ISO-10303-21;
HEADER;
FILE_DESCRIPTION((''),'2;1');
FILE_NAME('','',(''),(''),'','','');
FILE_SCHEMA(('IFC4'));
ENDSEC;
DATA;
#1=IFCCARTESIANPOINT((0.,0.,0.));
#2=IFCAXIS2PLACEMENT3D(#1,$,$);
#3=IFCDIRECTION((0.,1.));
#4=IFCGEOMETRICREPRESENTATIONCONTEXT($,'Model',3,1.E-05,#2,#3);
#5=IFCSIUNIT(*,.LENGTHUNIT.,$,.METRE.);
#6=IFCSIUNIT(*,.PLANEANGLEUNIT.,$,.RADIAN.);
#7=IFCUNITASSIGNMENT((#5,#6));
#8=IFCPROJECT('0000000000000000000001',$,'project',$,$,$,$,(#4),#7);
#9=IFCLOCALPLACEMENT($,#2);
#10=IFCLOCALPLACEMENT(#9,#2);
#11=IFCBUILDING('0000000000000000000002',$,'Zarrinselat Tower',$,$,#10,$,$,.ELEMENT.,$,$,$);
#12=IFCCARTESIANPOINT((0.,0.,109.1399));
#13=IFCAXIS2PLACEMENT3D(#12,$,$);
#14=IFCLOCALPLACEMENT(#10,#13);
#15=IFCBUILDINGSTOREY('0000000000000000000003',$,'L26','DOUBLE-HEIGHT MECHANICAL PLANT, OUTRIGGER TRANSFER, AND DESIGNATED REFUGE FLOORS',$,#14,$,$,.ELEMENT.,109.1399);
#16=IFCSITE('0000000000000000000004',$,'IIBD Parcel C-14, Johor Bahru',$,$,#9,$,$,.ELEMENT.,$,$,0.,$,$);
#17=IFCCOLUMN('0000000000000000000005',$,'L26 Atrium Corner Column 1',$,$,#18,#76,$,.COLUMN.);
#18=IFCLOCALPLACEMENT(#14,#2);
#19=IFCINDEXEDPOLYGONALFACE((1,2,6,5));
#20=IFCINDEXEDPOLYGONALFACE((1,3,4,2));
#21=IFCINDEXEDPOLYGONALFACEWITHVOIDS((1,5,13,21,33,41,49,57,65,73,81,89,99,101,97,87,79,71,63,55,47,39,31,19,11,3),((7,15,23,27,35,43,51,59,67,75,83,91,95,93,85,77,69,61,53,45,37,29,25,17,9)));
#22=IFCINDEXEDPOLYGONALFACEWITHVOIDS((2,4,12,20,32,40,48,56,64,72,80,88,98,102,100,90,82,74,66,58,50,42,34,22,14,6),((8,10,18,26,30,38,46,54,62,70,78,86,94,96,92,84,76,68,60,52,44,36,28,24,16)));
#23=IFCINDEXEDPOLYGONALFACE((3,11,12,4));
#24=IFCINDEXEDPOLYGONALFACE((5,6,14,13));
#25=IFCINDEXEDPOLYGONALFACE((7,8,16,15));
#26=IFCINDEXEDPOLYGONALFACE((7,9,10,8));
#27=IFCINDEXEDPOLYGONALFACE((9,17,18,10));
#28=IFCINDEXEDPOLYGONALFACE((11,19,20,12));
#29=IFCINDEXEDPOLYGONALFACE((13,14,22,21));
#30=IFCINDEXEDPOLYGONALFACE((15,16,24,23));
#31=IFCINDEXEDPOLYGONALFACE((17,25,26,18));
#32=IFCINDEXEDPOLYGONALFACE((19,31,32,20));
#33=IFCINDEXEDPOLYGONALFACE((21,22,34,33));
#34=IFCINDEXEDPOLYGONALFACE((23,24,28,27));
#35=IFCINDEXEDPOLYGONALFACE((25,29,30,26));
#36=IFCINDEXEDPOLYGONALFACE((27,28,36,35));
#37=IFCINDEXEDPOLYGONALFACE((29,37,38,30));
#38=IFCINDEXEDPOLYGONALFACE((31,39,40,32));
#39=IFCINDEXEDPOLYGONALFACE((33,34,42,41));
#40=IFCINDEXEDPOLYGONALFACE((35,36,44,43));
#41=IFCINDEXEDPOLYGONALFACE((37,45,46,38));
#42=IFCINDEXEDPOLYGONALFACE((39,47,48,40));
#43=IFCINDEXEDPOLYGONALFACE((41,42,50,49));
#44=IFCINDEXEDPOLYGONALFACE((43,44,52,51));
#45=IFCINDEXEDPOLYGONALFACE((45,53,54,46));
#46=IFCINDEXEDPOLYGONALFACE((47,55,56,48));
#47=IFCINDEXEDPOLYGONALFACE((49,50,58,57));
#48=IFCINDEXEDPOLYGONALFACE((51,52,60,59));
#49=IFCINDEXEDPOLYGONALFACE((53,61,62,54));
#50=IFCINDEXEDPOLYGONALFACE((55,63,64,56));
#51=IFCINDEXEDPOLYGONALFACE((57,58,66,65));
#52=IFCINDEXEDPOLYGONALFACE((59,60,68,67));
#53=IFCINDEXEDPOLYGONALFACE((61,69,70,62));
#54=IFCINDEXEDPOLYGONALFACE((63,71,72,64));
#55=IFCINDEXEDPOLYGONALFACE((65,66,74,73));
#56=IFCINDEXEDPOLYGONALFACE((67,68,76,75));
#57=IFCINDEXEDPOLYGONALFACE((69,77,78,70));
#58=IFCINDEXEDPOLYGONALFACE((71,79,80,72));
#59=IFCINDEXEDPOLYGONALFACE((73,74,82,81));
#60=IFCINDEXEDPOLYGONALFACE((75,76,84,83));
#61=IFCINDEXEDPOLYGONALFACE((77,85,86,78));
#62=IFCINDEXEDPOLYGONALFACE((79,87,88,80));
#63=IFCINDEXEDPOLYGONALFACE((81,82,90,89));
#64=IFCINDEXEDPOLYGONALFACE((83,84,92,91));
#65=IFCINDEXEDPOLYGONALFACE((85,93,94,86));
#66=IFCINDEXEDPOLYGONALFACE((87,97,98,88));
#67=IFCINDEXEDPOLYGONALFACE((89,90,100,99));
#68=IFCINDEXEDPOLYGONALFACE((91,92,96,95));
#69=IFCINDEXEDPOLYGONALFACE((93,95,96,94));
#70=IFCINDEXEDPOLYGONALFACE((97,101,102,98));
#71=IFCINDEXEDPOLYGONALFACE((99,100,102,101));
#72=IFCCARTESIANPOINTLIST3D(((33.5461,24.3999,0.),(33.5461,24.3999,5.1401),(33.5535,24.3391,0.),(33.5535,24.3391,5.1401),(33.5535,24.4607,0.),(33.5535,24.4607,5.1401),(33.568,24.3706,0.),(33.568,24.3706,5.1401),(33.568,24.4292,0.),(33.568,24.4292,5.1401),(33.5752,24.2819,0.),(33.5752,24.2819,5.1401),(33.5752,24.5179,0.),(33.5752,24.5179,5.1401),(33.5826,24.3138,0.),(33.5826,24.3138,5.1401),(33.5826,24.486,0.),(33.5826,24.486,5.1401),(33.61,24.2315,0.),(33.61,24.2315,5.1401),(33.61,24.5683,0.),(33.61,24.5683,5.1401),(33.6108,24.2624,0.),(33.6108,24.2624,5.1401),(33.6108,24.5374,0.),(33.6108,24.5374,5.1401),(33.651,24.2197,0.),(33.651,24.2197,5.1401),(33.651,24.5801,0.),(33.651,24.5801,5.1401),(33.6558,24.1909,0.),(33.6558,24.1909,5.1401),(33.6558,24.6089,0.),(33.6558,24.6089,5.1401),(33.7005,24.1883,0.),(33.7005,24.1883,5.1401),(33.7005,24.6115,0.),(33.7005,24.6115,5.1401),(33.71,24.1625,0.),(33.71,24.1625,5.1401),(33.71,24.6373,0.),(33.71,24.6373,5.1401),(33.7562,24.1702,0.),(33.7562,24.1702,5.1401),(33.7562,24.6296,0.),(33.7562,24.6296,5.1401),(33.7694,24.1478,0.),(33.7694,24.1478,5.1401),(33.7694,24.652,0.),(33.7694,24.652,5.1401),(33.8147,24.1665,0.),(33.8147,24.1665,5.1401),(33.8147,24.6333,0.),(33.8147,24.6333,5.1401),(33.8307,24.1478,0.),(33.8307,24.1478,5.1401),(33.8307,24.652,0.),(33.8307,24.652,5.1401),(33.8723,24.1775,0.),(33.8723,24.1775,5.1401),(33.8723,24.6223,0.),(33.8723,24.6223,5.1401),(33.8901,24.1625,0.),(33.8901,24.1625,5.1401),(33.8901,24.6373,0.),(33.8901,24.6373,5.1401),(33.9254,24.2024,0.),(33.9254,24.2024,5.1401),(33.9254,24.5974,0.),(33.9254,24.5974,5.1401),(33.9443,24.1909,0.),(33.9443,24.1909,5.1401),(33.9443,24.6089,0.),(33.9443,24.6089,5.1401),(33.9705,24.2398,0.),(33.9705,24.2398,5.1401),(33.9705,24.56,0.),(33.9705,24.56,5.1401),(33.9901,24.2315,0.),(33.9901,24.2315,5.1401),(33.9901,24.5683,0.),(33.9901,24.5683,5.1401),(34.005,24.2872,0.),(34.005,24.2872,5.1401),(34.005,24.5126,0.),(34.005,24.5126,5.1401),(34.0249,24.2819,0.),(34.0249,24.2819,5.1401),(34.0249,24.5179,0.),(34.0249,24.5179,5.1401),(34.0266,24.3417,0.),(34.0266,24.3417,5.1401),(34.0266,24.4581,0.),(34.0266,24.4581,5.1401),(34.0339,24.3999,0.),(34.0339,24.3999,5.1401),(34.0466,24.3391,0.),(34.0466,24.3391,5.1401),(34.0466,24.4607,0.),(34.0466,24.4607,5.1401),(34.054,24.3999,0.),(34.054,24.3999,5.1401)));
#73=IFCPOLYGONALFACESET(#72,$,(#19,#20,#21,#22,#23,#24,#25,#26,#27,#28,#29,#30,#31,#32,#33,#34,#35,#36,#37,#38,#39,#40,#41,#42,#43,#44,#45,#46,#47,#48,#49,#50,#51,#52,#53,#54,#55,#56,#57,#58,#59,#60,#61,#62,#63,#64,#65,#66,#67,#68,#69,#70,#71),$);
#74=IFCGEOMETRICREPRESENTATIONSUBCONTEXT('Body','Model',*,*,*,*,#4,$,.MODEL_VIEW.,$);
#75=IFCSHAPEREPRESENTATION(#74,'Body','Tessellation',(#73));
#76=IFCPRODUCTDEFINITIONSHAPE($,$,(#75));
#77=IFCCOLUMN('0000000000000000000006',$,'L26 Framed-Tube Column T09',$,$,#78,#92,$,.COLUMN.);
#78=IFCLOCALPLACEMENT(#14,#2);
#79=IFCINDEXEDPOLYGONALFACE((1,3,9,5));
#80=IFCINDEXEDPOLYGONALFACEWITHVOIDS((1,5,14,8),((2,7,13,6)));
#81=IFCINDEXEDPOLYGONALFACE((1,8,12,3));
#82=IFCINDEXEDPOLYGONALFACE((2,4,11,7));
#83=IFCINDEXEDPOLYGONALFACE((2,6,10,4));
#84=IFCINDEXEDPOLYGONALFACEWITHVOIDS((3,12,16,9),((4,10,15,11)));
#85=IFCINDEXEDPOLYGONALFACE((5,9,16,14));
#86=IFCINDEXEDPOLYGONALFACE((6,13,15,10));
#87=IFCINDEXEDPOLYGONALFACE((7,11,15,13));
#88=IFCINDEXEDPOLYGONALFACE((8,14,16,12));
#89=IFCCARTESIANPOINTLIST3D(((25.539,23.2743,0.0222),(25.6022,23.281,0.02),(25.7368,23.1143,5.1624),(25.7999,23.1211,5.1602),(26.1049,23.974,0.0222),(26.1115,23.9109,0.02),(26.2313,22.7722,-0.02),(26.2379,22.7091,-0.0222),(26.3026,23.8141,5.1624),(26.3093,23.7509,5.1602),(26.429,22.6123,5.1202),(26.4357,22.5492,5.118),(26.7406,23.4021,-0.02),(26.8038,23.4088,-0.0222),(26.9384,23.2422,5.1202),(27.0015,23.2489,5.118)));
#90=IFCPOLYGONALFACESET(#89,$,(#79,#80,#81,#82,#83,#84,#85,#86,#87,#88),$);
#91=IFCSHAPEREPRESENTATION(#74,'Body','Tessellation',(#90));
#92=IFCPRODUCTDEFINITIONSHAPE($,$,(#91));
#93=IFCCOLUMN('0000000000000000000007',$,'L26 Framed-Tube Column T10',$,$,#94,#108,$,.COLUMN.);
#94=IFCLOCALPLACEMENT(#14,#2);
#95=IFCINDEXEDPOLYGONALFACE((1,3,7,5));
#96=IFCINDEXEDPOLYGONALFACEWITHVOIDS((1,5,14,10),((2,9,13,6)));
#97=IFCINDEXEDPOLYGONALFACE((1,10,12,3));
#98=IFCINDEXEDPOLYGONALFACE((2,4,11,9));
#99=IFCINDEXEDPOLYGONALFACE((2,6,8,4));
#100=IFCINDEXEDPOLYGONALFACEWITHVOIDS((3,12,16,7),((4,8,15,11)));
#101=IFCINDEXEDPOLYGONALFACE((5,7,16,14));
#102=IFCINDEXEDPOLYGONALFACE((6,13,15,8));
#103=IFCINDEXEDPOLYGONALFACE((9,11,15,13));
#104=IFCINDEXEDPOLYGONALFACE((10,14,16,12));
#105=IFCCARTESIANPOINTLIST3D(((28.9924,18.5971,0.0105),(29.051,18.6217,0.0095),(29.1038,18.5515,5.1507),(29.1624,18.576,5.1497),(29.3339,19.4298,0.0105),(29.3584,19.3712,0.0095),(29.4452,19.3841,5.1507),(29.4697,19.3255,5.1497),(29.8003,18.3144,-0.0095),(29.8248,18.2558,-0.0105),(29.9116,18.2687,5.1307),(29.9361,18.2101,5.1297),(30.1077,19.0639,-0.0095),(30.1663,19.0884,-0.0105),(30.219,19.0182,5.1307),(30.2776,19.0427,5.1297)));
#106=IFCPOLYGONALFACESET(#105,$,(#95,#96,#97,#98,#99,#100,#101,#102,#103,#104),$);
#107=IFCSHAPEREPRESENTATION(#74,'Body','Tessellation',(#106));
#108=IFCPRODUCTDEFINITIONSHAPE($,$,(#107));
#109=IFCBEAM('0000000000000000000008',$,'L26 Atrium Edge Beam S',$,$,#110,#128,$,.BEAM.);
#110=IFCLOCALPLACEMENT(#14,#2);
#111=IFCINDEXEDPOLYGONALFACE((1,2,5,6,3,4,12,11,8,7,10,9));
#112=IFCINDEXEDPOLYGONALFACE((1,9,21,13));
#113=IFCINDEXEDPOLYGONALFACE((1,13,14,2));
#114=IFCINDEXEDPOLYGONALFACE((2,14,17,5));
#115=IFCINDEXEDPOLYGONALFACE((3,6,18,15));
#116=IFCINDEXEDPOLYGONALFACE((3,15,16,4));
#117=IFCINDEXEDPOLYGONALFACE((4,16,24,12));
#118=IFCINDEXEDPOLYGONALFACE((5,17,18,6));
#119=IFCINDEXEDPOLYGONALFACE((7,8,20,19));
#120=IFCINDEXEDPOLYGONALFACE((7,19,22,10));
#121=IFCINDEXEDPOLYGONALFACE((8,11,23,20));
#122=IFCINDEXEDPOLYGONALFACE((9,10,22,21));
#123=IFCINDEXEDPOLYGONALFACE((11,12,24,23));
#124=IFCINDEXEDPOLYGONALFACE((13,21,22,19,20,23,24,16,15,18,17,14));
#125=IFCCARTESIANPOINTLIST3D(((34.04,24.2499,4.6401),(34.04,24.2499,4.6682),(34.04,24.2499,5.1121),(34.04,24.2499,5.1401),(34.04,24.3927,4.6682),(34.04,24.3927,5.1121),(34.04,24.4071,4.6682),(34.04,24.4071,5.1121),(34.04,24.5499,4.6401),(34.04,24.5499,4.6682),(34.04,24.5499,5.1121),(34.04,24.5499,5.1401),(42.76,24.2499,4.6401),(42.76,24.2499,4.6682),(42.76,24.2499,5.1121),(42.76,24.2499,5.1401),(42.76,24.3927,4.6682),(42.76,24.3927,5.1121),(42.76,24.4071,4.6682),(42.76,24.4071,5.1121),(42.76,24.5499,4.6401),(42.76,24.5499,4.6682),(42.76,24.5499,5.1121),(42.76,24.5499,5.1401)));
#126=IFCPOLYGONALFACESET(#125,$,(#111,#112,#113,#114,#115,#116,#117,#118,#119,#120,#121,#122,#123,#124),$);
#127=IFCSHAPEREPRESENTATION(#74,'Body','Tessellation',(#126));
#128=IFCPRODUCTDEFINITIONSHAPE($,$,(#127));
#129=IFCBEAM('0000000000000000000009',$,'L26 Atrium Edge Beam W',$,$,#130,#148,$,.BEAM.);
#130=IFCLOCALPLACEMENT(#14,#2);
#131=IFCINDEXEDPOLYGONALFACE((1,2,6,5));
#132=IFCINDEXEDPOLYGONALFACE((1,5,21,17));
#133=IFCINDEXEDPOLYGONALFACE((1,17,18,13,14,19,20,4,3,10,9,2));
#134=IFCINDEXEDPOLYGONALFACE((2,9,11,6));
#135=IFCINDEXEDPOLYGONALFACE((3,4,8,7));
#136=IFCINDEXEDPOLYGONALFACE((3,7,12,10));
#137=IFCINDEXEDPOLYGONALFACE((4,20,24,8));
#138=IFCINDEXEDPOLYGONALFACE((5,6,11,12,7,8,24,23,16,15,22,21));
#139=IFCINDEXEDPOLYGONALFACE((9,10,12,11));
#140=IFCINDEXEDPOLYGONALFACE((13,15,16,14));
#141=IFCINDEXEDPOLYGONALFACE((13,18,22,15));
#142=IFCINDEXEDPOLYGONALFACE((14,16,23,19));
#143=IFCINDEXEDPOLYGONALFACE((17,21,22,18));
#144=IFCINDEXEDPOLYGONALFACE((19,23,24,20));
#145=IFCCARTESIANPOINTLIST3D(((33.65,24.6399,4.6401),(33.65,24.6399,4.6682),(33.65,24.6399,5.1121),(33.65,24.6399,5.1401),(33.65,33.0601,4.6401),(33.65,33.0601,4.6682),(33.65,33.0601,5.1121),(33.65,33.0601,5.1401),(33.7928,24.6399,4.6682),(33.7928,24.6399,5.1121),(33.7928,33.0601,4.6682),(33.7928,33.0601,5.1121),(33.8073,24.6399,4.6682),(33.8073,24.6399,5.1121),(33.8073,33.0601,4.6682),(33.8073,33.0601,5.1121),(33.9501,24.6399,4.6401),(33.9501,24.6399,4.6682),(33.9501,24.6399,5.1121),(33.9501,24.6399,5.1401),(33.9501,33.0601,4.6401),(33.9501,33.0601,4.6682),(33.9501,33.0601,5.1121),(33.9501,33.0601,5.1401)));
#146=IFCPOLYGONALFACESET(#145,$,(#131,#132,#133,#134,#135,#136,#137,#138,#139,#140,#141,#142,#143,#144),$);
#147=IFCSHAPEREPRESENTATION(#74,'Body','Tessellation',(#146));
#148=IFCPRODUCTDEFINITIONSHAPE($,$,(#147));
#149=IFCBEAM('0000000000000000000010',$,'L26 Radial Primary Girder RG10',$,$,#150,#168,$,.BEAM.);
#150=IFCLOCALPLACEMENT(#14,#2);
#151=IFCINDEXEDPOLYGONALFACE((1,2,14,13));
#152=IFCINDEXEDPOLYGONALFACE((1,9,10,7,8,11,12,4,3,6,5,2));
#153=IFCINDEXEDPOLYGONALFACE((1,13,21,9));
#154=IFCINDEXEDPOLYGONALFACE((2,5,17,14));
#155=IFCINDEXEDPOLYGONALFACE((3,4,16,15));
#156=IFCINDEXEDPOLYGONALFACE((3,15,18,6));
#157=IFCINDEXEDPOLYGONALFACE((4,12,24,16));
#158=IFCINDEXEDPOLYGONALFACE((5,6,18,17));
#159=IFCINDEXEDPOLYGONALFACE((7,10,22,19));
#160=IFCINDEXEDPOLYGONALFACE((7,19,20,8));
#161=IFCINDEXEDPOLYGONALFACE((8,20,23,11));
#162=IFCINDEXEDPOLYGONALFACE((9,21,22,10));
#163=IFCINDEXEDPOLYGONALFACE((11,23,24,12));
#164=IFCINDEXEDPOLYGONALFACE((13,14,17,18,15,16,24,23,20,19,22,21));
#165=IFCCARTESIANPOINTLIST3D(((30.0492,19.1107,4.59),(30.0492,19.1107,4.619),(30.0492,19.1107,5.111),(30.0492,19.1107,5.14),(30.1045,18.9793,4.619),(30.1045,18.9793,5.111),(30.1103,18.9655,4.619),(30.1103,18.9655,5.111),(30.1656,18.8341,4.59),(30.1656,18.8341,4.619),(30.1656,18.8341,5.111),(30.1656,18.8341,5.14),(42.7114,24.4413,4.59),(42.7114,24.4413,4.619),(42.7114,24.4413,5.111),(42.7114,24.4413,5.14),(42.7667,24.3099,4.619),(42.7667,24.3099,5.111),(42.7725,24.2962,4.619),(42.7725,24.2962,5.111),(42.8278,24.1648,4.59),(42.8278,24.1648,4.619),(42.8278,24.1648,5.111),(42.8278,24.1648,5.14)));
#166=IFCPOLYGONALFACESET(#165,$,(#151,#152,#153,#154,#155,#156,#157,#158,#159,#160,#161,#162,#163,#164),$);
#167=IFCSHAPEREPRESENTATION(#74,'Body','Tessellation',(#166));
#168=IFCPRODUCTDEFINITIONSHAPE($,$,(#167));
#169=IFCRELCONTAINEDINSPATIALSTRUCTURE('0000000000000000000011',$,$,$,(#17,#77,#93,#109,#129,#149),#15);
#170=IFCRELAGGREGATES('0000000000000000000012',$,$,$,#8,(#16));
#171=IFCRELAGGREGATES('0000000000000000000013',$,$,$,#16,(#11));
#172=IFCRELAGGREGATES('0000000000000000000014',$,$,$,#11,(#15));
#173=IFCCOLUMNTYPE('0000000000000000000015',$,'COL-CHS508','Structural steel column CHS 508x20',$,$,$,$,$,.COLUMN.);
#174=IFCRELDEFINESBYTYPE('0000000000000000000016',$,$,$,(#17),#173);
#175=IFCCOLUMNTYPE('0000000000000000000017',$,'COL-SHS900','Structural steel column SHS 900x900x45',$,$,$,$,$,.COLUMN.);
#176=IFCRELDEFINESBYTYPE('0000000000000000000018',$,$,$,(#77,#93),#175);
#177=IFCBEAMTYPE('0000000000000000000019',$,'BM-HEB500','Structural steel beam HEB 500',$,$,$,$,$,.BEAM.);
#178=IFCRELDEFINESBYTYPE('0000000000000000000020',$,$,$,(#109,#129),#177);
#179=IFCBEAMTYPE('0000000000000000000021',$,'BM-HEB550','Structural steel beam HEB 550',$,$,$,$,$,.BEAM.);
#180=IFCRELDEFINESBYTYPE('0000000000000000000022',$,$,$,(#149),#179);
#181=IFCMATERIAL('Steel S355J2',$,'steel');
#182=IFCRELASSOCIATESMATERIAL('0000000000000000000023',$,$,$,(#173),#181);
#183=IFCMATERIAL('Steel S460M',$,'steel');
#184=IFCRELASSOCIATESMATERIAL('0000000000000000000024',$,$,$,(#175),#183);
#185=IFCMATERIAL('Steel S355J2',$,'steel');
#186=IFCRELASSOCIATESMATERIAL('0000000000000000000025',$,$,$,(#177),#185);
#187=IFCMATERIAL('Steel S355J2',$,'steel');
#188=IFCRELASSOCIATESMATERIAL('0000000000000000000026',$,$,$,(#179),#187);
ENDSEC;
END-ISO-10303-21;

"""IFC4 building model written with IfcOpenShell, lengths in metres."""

from ifc_helpers import new_model, si_unit, direction, frame, origin, origin_2d, place, context, subcontext, project, spatial, hollow_rectangle, hollow_circle, i_section, extrude, material, material_profile, profile_set, type_object, element, save


model = new_model("IFC4")

# Units and contexts
model_context = context("Model", 3, precision=1e-05, world=origin(), true_north=direction((0.0, 1.0)))
body_context = subcontext(model_context, "Body", "Model", "MODEL_VIEW")
ifc_project = project(units=[si_unit("LENGTHUNIT", "METRE"), si_unit("PLANEANGLEUNIT", "RADIAN")], contexts=[model_context])

# Site, building, storey
site_placement = place(None, origin())
site = spatial("IfcSite", under=ifc_project, at=site_placement, Name="IIBD Parcel C-14, Johor Bahru", CompositionType="ELEMENT", RefElevation=0.0)
building_placement = place(site_placement, origin())
building = spatial("IfcBuilding", under=site, at=building_placement, Name="Zarrinselat Tower", CompositionType="ELEMENT")
storey_placement = place(building_placement, frame((0.0, 0.0, 109.1399)))
storey = spatial("IfcBuildingStorey", under=building, at=storey_placement, Name="L26", Description="DOUBLE-HEIGHT MECHANICAL PLANT, OUTRIGGER TRANSFER, AND DESIGNATED REFUGE FLOORS", CompositionType="ELEMENT", Elevation=109.1399)

# Columns
ifc_material_1 = material(Name="Steel S355J2", Category="steel")
ifc_material_profile_1 = material_profile(ifc_material_1, hollow_circle(Radius=0.2539, WallThickness=0.02, at=origin_2d()), Name="CHS 508x20")
ifc_profile_set_1 = profile_set([ifc_material_profile_1], Name="Steel S355J2")
column_type_1 = type_object("IfcColumnType", Name="COL-CHS508", Description="Structural steel column CHS 508x20", PredefinedType="COLUMN", material=ifc_profile_set_1)
column_1_placement = place(storey_placement, frame((33.8, 24.3999, 0.0), z_axis=(0.0, 0.0, 1.0), x_axis=(1.0, 0.0, 0.0)))
element("IfcColumn", 1, at=column_1_placement, inside=storey, type_object=column_type_1, Name="L26 Atrium Corner Column 1", PredefinedType="COLUMN", context=body_context, shape_type="SweptSolid", body=[
    extrude(hollow_circle(Radius=0.2539, WallThickness=0.02, at=origin_2d()), origin(), (0.0, 0.0, 1.0), 5.1401),
])
ifc_material_2 = material(Name="Steel S460M", Category="steel")
ifc_material_profile_2 = material_profile(ifc_material_2, hollow_rectangle(XDim=0.8999, YDim=0.8999, WallThickness=0.0449, at=origin_2d()), Name="SHS 900x900x45")
ifc_profile_set_2 = profile_set([ifc_material_profile_2], Name="Steel S460M")
column_type_2 = type_object("IfcColumnType", Name="COL-SHS900", Description="Structural steel column SHS 900x900x45", PredefinedType="COLUMN", material=ifc_profile_set_2)
column_2_placement = place(storey_placement, frame((26.1714, 23.3416, 0.0), z_axis=(0.038425, -0.031072, 0.998778), x_axis=(0.628784, 0.77758, 0.0)))
element("IfcColumn", 2, at=column_2_placement, inside=storey, type_object=column_type_2, Name="L26 Framed-Tube Column T09", PredefinedType="COLUMN", context=body_context, shape_type="SweptSolid", body=[
    extrude(hollow_rectangle(XDim=0.8999, YDim=0.8999, WallThickness=0.0449, at=origin_2d()), origin(), (0.0, 0.0, 1.0), 5.1465),
])
column_3_placement = place(storey_placement, frame((29.5793, 18.8428, 0.0), z_axis=(0.021653, -0.008879, 0.999726), x_axis=(0.379423, 0.925223, 0.0)))
element("IfcColumn", 3, at=column_3_placement, inside=storey, type_object=column_type_2, Name="L26 Framed-Tube Column T10", PredefinedType="COLUMN", context=body_context, shape_type="SweptSolid", body=[
    extrude(hollow_rectangle(XDim=0.8999, YDim=0.8999, WallThickness=0.0449, at=origin_2d()), origin(), (0.0, 0.0, 1.0), 5.1416),
])

# Beams
ifc_material_3 = material(Name="Steel S355J2", Category="steel")
ifc_material_profile_3 = material_profile(ifc_material_3, i_section(OverallWidth=0.3, OverallDepth=0.5, WebThickness=0.0144, FlangeThickness=0.0281, at=origin_2d()), Name="HEB 500")
ifc_profile_set_3 = profile_set([ifc_material_profile_3], Name="Steel S355J2")
beam_type_1 = type_object("IfcBeamType", Name="BM-HEB500", Description="Structural steel beam HEB 500", PredefinedType="BEAM", material=ifc_profile_set_3)
beam_1_placement = place(storey_placement, frame((34.04, 24.3999, 4.8901), z_axis=(1.0, 0.0, 0.0), x_axis=(0.0, 1.0, 0.0)))
element("IfcBeam", 4, at=beam_1_placement, inside=storey, type_object=beam_type_1, Name="L26 Atrium Edge Beam S", PredefinedType="BEAM", context=body_context, shape_type="SweptSolid", body=[
    extrude(i_section(OverallWidth=0.3, OverallDepth=0.5, WebThickness=0.0144, FlangeThickness=0.0281, at=origin_2d()), origin(), (0.0, 0.0, 1.0), 8.72),
])
beam_2_placement = place(storey_placement, frame((33.8, 24.6399, 4.8901), z_axis=(0.0, 1.0, 0.0), x_axis=(-1.0, 0.0, 0.0)))
element("IfcBeam", 5, at=beam_2_placement, inside=storey, type_object=beam_type_1, Name="L26 Atrium Edge Beam W", PredefinedType="BEAM", context=body_context, shape_type="SweptSolid", body=[
    extrude(i_section(OverallWidth=0.3, OverallDepth=0.5, WebThickness=0.0144, FlangeThickness=0.0281, at=origin_2d()), origin(), (0.0, 0.0, 1.0), 8.4202),
])
ifc_material_4 = material(Name="Steel S355J2", Category="steel")
ifc_material_profile_4 = material_profile(ifc_material_4, i_section(OverallWidth=0.3, OverallDepth=0.55, WebThickness=0.0149, FlangeThickness=0.0291, at=origin_2d()), Name="HEB 550")
ifc_profile_set_4 = profile_set([ifc_material_profile_4], Name="Steel S355J2")
beam_type_2 = type_object("IfcBeamType", Name="BM-HEB550", Description="Structural steel beam HEB 550", PredefinedType="BEAM", material=ifc_profile_set_4)
beam_3_placement = place(storey_placement, frame((30.1074, 18.9724, 4.865), z_axis=(0.921657, 0.388005, 0.0), x_axis=(-0.388005, 0.921657, 0.0)))
element("IfcBeam", 6, at=beam_3_placement, inside=storey, type_object=beam_type_2, Name="L26 Radial Primary Girder RG10", PredefinedType="BEAM", context=body_context, shape_type="SweptSolid", body=[
    extrude(i_section(OverallWidth=0.3, OverallDepth=0.55, WebThickness=0.0149, FlangeThickness=0.0291, at=origin_2d()), origin(), (0.0, 0.0, 1.0), 13.7385),
])

save(model, "model.ifc")
